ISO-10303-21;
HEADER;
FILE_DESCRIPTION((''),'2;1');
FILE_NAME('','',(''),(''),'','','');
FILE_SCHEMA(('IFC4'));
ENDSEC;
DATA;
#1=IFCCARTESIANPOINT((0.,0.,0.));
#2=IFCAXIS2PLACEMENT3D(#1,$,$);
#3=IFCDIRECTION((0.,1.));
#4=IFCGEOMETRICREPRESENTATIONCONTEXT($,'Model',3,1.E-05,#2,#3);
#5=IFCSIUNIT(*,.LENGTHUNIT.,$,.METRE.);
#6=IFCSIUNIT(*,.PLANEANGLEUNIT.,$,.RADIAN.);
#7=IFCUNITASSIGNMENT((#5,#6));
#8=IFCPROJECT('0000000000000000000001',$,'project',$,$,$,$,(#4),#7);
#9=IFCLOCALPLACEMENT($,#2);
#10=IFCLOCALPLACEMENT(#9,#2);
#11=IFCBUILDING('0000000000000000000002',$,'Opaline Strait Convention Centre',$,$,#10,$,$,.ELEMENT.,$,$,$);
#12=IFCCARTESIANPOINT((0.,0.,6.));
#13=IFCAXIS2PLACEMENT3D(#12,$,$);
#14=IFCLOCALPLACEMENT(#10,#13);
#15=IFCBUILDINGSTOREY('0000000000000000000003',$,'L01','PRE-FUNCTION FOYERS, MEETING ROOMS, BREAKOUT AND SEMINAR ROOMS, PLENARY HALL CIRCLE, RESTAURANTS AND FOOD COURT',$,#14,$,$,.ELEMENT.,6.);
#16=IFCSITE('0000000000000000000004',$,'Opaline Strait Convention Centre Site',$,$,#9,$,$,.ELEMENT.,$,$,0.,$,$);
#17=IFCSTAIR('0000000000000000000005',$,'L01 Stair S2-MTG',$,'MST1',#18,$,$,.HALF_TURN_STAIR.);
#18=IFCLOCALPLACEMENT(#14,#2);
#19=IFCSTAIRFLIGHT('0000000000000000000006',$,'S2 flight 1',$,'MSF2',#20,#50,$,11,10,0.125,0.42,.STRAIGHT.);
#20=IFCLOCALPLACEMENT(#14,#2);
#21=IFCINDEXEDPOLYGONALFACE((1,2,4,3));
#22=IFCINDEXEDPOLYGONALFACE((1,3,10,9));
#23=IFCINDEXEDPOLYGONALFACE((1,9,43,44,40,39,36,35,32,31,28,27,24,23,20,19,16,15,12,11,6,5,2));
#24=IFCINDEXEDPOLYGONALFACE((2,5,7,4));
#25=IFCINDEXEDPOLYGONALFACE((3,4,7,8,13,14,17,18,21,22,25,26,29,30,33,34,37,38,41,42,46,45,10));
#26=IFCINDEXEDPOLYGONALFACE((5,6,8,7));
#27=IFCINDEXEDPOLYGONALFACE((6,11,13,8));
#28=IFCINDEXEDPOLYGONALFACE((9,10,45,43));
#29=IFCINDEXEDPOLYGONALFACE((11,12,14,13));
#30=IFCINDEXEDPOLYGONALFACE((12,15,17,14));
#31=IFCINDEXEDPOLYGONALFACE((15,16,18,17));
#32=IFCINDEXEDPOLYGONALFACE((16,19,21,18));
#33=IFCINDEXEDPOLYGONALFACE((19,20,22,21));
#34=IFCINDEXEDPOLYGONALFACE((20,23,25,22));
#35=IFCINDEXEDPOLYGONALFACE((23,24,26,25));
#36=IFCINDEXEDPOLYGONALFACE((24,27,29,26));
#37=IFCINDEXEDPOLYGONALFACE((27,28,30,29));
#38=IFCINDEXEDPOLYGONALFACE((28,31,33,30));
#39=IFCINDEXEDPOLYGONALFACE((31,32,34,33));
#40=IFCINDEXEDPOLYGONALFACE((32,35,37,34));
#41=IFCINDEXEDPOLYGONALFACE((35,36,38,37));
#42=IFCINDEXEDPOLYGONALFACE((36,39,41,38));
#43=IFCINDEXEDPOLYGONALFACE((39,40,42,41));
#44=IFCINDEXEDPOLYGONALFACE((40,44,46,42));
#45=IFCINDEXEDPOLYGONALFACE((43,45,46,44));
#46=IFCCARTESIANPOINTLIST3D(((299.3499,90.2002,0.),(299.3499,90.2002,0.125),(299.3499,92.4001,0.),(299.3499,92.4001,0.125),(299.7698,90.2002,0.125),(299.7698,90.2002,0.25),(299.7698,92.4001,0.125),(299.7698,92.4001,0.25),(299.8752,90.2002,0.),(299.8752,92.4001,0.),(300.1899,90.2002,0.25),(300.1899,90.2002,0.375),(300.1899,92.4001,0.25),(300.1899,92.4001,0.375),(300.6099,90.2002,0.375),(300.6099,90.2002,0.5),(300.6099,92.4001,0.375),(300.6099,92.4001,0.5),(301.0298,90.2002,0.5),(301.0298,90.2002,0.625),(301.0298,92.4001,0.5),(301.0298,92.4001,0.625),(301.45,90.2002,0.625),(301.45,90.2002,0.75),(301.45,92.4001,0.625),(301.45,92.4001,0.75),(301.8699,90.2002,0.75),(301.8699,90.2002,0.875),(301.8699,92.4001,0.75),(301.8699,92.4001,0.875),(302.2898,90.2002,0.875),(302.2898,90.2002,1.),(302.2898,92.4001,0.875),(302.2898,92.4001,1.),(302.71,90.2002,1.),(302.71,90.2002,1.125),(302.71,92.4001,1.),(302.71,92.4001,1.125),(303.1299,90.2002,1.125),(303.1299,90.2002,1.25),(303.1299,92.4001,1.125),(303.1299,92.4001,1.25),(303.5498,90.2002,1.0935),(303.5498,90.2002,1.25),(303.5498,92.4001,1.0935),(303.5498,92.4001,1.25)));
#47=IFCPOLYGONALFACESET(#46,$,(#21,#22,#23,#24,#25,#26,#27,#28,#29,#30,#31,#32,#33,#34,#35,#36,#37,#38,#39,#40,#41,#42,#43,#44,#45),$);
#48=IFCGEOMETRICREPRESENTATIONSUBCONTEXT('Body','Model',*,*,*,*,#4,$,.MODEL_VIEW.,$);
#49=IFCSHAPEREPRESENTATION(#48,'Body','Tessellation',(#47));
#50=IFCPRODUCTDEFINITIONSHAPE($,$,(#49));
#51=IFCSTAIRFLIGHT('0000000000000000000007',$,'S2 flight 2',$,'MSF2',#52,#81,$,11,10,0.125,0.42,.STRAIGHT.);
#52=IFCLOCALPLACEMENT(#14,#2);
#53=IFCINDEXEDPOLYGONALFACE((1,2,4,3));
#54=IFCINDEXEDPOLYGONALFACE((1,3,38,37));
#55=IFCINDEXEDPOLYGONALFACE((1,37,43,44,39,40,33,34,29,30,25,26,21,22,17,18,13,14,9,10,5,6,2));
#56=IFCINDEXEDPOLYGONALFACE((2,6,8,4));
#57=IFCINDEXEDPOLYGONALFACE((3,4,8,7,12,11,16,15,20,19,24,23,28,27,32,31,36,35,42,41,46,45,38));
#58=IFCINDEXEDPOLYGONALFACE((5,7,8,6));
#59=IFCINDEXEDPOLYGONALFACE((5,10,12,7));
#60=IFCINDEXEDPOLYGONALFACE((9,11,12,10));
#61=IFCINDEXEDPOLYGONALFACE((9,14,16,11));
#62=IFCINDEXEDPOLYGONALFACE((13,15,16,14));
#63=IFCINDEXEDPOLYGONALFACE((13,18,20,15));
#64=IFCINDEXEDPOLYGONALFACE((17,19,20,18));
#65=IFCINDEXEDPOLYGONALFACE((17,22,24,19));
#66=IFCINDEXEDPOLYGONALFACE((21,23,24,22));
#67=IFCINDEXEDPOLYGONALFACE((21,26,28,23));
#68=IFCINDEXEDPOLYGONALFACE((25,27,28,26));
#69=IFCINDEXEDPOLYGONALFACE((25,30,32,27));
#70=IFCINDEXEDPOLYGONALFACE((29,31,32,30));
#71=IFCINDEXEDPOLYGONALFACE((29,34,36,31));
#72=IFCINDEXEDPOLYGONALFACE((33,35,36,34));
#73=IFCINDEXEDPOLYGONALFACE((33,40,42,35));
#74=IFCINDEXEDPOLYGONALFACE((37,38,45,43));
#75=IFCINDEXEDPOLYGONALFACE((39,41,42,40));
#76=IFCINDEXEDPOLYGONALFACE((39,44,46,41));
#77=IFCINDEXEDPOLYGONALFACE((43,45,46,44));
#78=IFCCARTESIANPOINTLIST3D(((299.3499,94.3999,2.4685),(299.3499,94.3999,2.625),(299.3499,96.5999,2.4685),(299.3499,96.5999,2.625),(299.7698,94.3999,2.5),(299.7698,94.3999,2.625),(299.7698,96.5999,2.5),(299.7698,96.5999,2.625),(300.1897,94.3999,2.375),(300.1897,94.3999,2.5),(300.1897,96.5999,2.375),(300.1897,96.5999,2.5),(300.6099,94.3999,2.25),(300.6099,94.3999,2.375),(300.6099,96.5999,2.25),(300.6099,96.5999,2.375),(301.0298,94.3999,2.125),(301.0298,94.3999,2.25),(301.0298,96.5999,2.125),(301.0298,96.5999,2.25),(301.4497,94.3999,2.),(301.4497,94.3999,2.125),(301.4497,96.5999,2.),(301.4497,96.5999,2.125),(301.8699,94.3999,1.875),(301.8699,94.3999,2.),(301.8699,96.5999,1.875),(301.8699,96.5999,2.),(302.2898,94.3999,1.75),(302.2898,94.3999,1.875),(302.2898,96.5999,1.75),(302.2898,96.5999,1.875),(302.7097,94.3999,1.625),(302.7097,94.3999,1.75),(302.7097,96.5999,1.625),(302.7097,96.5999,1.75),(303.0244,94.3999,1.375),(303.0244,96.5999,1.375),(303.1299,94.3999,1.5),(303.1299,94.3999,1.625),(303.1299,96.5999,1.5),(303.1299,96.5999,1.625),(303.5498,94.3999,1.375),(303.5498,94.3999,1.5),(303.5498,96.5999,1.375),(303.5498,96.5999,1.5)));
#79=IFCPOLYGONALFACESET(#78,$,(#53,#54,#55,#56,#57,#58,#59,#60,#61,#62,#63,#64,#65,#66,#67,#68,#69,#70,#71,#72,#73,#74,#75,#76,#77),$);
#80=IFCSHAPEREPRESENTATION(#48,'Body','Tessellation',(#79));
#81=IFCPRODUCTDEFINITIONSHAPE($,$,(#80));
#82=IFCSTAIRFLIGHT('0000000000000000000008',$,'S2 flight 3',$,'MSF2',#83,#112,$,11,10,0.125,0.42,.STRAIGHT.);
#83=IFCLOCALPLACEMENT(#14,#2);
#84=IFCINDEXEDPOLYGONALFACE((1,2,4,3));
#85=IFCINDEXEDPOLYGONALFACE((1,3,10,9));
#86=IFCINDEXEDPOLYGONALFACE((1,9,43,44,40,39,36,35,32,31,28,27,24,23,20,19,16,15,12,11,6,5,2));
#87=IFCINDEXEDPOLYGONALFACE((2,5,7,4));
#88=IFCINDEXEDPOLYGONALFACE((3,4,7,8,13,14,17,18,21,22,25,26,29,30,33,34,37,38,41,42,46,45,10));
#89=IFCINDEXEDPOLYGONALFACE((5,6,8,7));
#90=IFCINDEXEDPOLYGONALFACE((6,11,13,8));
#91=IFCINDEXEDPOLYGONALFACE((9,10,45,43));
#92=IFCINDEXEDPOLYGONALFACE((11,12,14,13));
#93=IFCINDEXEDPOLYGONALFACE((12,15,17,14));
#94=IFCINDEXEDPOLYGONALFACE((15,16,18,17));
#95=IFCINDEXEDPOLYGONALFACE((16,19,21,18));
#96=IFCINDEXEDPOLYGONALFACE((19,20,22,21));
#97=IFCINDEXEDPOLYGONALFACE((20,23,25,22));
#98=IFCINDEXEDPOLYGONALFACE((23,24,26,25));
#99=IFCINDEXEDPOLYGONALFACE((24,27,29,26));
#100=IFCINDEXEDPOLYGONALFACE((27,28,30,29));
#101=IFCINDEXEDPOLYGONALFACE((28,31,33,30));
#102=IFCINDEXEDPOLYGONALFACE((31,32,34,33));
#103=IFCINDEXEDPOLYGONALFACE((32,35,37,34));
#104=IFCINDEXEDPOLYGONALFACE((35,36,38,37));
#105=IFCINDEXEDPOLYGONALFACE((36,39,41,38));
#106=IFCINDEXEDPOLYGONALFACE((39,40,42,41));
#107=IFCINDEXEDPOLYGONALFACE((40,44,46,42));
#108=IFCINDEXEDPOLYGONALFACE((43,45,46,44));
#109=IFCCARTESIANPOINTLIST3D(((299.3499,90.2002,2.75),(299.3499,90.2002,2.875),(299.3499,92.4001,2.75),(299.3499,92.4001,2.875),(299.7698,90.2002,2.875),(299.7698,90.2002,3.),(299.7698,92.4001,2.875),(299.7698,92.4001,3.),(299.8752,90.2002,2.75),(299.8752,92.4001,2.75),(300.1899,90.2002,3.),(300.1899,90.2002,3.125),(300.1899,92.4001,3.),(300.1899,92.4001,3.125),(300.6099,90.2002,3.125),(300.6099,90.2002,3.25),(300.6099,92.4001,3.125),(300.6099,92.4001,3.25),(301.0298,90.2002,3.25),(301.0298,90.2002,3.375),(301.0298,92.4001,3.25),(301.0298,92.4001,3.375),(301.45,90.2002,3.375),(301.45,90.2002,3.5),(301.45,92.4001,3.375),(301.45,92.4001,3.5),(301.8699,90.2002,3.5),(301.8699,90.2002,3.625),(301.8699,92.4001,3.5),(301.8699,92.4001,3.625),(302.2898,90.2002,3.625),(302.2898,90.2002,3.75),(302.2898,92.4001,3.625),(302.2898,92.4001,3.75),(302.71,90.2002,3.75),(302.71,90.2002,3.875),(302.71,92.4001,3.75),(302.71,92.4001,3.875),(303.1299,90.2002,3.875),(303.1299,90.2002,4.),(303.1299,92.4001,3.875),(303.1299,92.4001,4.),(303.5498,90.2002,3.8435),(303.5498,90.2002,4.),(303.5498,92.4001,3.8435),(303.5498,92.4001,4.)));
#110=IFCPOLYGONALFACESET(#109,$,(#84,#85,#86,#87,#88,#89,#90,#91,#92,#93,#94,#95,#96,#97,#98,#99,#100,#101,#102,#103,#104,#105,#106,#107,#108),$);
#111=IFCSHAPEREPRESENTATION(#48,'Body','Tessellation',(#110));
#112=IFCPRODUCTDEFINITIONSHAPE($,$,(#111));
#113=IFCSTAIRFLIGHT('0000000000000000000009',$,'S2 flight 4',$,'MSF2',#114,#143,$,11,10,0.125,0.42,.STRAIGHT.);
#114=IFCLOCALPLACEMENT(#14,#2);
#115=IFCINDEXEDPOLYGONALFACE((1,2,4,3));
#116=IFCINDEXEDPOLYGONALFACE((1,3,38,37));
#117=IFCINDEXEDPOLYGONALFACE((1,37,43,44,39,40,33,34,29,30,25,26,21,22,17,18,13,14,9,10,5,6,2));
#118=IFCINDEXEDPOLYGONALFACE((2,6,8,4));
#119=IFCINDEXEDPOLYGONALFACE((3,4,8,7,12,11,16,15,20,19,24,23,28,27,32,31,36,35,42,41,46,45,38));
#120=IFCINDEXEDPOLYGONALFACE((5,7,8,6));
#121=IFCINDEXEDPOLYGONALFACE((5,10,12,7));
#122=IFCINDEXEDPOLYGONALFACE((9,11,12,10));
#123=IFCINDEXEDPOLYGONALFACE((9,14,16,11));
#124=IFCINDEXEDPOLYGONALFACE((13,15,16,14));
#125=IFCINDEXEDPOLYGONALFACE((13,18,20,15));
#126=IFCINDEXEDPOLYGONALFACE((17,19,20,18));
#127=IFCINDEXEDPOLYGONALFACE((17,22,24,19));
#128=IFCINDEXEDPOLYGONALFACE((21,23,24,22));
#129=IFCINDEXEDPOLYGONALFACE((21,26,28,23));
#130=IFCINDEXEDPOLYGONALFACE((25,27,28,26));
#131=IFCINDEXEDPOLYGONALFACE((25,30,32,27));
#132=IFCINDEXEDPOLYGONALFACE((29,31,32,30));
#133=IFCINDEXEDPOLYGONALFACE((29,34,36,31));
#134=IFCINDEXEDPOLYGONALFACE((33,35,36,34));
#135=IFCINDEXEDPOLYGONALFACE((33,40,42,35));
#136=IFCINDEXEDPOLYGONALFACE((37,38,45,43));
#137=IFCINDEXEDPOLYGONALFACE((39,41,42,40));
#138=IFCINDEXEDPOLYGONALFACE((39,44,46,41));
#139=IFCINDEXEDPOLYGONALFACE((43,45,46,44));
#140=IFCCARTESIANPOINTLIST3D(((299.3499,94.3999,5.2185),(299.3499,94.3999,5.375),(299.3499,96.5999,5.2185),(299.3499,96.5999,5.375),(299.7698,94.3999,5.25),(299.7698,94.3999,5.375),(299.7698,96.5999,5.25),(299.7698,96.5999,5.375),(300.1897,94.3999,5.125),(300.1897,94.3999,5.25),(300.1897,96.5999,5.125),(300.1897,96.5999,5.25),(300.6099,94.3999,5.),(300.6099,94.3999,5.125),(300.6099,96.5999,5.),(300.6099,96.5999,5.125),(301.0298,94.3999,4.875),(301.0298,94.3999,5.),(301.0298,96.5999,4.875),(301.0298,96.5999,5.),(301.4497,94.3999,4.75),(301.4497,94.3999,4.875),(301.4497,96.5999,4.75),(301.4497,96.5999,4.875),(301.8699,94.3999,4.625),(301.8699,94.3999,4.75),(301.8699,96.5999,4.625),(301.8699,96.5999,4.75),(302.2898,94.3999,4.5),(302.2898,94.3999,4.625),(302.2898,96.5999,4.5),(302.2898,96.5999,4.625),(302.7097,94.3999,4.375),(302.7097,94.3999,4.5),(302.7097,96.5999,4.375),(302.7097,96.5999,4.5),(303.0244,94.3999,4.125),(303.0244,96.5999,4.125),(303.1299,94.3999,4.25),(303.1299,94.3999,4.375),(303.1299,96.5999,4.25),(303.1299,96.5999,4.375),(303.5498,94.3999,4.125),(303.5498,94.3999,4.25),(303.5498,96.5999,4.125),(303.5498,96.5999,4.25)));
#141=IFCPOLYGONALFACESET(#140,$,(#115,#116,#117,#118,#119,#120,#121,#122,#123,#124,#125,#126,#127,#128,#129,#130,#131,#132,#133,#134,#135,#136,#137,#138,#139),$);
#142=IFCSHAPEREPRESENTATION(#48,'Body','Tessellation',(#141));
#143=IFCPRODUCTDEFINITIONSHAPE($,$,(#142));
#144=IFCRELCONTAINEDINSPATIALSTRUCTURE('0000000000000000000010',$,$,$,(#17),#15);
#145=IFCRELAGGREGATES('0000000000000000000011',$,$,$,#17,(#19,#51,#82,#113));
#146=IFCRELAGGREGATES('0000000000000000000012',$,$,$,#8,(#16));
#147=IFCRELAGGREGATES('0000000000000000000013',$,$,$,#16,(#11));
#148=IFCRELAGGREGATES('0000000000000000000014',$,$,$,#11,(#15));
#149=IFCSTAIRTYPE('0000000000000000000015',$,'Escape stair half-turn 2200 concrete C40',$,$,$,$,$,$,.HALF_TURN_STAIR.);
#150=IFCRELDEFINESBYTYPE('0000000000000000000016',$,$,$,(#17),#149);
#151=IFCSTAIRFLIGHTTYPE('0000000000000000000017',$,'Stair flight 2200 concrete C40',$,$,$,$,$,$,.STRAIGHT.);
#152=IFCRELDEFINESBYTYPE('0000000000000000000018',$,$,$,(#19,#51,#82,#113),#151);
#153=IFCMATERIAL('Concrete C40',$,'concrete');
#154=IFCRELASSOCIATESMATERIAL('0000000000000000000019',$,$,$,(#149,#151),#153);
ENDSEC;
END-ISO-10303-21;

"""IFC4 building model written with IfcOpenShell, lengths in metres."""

from ifc_helpers import new_model, si_unit, direction, frame, origin, place, context, subcontext, project, spatial, polyline, outline, extrude, material, type_object, element, aggregate, save


model = new_model("IFC4")

# Units and contexts
model_context = context("Model", 3, precision=1e-05, world=origin(), true_north=direction((0.0, 1.0)))
body_context = subcontext(model_context, "Body", "Model", "MODEL_VIEW")
ifc_project = project(units=[si_unit("LENGTHUNIT", "METRE"), si_unit("PLANEANGLEUNIT", "RADIAN")], contexts=[model_context])

# Site, building, storey
site_placement = place(None, origin())
site = spatial("IfcSite", under=ifc_project, at=site_placement, Name="Opaline Strait Convention Centre Site", CompositionType="ELEMENT", RefElevation=0.0)
building_placement = place(site_placement, origin())
building = spatial("IfcBuilding", under=site, at=building_placement, Name="Opaline Strait Convention Centre", CompositionType="ELEMENT")
storey_placement = place(building_placement, frame((0.0, 0.0, 6.0)))
storey = spatial("IfcBuildingStorey", under=building, at=storey_placement, Name="L01", Description="PRE-FUNCTION FOYERS, MEETING ROOMS, BREAKOUT AND SEMINAR ROOMS, PLENARY HALL CIRCLE, RESTAURANTS AND FOOD COURT", CompositionType="ELEMENT", Elevation=6.0)

# Shared definitions
ifc_material_1 = material(Name="Concrete C40", Category="concrete")

# Stair, stair flights
stair_type = type_object("IfcStairType", Name="Escape stair half-turn 2200 concrete C40", PredefinedType="HALF_TURN_STAIR", material=ifc_material_1)
stair_placement = place(storey_placement, origin())
stair = element("IfcStair", 1, at=stair_placement, inside=storey, type_object=stair_type, Name="L01 Stair S2-MTG", ObjectType="MST1", PredefinedType="HALF_TURN_STAIR")
stair_flight_type = type_object("IfcStairFlightType", Name="Stair flight 2200 concrete C40", PredefinedType="STRAIGHT", material=ifc_material_1)
stair_flight_1_placement = place(storey_placement, frame((299.3499, 91.3, 0.0), z_axis=(0.0, 0.0, 1.0), x_axis=(1.0, 0.0, 0.0)))
stair_flight_1 = element("IfcStairFlight", 2, at=stair_flight_1_placement, type_object=stair_flight_type, Name="S2 flight 1", ObjectType="MSF2", NumberOfRisers=11, NumberOfTreads=10, PredefinedType="STRAIGHT", RiserHeight=0.125, TreadLength=0.42, context=body_context, shape_type="SweptSolid", body=[
    extrude(outline(polyline([(0.0, 0.0), (0.0, 0.125), (0.4199, 0.125), (0.4199, 0.25), (0.8401, 0.25), (0.8401, 0.375), (1.26, 0.375), (1.26, 0.5), (1.6799, 0.5), (1.6799, 0.625), (2.1001, 0.625), (2.1001, 0.75), (2.52, 0.75), (2.52, 0.875), (2.9399, 0.875), (2.9399, 1.0), (3.3601, 1.0), (3.3601, 1.125), (3.78, 1.125), (3.78, 1.25), (4.2, 1.25), (4.2, 1.375), (4.2, 1.0935), (0.5254, 0.0), (0.0, 0.0)])), frame((0.0, 1.1001, 0.0), z_axis=(0.0, -1.0, 0.0), x_axis=(1.0, 0.0, 0.0)), (0.0, 0.0, 1.0), 2.2),
])
stair_flight_2_placement = place(storey_placement, frame((303.5498, 95.5, 1.375), z_axis=(0.0, 0.0, 1.0), x_axis=(-1.0, 0.0, 0.0)))
stair_flight_2 = element("IfcStairFlight", 3, at=stair_flight_2_placement, type_object=stair_flight_type, Name="S2 flight 2", ObjectType="MSF2", NumberOfRisers=11, NumberOfTreads=10, PredefinedType="STRAIGHT", RiserHeight=0.125, TreadLength=0.42, context=body_context, shape_type="SweptSolid", body=[
    extrude(outline(polyline([(0.0, 0.0), (0.0, 0.125), (0.4199, 0.125), (0.4199, 0.25), (0.8401, 0.25), (0.8401, 0.375), (1.26, 0.375), (1.26, 0.5), (1.6799, 0.5), (1.6799, 0.625), (2.1001, 0.625), (2.1001, 0.75), (2.52, 0.75), (2.52, 0.875), (2.9399, 0.875), (2.9399, 1.0), (3.3601, 1.0), (3.3601, 1.125), (3.78, 1.125), (3.78, 1.25), (4.2, 1.25), (4.2, 1.375), (4.2, 1.0935), (0.5254, 0.0), (0.0, 0.0)])), frame((0.0, 1.1001, 0.0), z_axis=(0.0, -1.0, 0.0), x_axis=(1.0, 0.0, 0.0)), (0.0, 0.0, 1.0), 2.2),
])
stair_flight_3_placement = place(storey_placement, frame((299.3499, 91.3, 2.75), z_axis=(0.0, 0.0, 1.0), x_axis=(1.0, 0.0, 0.0)))
stair_flight_3 = element("IfcStairFlight", 4, at=stair_flight_3_placement, type_object=stair_flight_type, Name="S2 flight 3", ObjectType="MSF2", NumberOfRisers=11, NumberOfTreads=10, PredefinedType="STRAIGHT", RiserHeight=0.125, TreadLength=0.42, context=body_context, shape_type="SweptSolid", body=[
    extrude(outline(polyline([(0.0, 0.0), (0.0, 0.125), (0.4199, 0.125), (0.4199, 0.25), (0.8401, 0.25), (0.8401, 0.375), (1.26, 0.375), (1.26, 0.5), (1.6799, 0.5), (1.6799, 0.625), (2.1001, 0.625), (2.1001, 0.75), (2.52, 0.75), (2.52, 0.875), (2.9399, 0.875), (2.9399, 1.0), (3.3601, 1.0), (3.3601, 1.125), (3.78, 1.125), (3.78, 1.25), (4.2, 1.25), (4.2, 1.375), (4.2, 1.0935), (0.5254, 0.0), (0.0, 0.0)])), frame((0.0, 1.1001, 0.0), z_axis=(0.0, -1.0, 0.0), x_axis=(1.0, 0.0, 0.0)), (0.0, 0.0, 1.0), 2.2),
])
stair_flight_4_placement = place(storey_placement, frame((303.5498, 95.5, 4.125), z_axis=(0.0, 0.0, 1.0), x_axis=(-1.0, 0.0, 0.0)))
stair_flight_4 = element("IfcStairFlight", 5, at=stair_flight_4_placement, type_object=stair_flight_type, Name="S2 flight 4", ObjectType="MSF2", NumberOfRisers=11, NumberOfTreads=10, PredefinedType="STRAIGHT", RiserHeight=0.125, TreadLength=0.42, context=body_context, shape_type="SweptSolid", body=[
    extrude(outline(polyline([(0.0, 0.0), (0.0, 0.125), (0.4199, 0.125), (0.4199, 0.25), (0.8401, 0.25), (0.8401, 0.375), (1.26, 0.375), (1.26, 0.5), (1.6799, 0.5), (1.6799, 0.625), (2.1001, 0.625), (2.1001, 0.75), (2.52, 0.75), (2.52, 0.875), (2.9399, 0.875), (2.9399, 1.0), (3.3601, 1.0), (3.3601, 1.125), (3.78, 1.125), (3.78, 1.25), (4.2, 1.25), (4.2, 1.375), (4.2, 1.0935), (0.5254, 0.0), (0.0, 0.0)])), frame((0.0, 1.1001, 0.0), z_axis=(0.0, -1.0, 0.0), x_axis=(1.0, 0.0, 0.0)), (0.0, 0.0, 1.0), 2.2),
])
aggregate(stair, [stair_flight_1, stair_flight_2, stair_flight_3, stair_flight_4])

save(model, "model.ifc")
